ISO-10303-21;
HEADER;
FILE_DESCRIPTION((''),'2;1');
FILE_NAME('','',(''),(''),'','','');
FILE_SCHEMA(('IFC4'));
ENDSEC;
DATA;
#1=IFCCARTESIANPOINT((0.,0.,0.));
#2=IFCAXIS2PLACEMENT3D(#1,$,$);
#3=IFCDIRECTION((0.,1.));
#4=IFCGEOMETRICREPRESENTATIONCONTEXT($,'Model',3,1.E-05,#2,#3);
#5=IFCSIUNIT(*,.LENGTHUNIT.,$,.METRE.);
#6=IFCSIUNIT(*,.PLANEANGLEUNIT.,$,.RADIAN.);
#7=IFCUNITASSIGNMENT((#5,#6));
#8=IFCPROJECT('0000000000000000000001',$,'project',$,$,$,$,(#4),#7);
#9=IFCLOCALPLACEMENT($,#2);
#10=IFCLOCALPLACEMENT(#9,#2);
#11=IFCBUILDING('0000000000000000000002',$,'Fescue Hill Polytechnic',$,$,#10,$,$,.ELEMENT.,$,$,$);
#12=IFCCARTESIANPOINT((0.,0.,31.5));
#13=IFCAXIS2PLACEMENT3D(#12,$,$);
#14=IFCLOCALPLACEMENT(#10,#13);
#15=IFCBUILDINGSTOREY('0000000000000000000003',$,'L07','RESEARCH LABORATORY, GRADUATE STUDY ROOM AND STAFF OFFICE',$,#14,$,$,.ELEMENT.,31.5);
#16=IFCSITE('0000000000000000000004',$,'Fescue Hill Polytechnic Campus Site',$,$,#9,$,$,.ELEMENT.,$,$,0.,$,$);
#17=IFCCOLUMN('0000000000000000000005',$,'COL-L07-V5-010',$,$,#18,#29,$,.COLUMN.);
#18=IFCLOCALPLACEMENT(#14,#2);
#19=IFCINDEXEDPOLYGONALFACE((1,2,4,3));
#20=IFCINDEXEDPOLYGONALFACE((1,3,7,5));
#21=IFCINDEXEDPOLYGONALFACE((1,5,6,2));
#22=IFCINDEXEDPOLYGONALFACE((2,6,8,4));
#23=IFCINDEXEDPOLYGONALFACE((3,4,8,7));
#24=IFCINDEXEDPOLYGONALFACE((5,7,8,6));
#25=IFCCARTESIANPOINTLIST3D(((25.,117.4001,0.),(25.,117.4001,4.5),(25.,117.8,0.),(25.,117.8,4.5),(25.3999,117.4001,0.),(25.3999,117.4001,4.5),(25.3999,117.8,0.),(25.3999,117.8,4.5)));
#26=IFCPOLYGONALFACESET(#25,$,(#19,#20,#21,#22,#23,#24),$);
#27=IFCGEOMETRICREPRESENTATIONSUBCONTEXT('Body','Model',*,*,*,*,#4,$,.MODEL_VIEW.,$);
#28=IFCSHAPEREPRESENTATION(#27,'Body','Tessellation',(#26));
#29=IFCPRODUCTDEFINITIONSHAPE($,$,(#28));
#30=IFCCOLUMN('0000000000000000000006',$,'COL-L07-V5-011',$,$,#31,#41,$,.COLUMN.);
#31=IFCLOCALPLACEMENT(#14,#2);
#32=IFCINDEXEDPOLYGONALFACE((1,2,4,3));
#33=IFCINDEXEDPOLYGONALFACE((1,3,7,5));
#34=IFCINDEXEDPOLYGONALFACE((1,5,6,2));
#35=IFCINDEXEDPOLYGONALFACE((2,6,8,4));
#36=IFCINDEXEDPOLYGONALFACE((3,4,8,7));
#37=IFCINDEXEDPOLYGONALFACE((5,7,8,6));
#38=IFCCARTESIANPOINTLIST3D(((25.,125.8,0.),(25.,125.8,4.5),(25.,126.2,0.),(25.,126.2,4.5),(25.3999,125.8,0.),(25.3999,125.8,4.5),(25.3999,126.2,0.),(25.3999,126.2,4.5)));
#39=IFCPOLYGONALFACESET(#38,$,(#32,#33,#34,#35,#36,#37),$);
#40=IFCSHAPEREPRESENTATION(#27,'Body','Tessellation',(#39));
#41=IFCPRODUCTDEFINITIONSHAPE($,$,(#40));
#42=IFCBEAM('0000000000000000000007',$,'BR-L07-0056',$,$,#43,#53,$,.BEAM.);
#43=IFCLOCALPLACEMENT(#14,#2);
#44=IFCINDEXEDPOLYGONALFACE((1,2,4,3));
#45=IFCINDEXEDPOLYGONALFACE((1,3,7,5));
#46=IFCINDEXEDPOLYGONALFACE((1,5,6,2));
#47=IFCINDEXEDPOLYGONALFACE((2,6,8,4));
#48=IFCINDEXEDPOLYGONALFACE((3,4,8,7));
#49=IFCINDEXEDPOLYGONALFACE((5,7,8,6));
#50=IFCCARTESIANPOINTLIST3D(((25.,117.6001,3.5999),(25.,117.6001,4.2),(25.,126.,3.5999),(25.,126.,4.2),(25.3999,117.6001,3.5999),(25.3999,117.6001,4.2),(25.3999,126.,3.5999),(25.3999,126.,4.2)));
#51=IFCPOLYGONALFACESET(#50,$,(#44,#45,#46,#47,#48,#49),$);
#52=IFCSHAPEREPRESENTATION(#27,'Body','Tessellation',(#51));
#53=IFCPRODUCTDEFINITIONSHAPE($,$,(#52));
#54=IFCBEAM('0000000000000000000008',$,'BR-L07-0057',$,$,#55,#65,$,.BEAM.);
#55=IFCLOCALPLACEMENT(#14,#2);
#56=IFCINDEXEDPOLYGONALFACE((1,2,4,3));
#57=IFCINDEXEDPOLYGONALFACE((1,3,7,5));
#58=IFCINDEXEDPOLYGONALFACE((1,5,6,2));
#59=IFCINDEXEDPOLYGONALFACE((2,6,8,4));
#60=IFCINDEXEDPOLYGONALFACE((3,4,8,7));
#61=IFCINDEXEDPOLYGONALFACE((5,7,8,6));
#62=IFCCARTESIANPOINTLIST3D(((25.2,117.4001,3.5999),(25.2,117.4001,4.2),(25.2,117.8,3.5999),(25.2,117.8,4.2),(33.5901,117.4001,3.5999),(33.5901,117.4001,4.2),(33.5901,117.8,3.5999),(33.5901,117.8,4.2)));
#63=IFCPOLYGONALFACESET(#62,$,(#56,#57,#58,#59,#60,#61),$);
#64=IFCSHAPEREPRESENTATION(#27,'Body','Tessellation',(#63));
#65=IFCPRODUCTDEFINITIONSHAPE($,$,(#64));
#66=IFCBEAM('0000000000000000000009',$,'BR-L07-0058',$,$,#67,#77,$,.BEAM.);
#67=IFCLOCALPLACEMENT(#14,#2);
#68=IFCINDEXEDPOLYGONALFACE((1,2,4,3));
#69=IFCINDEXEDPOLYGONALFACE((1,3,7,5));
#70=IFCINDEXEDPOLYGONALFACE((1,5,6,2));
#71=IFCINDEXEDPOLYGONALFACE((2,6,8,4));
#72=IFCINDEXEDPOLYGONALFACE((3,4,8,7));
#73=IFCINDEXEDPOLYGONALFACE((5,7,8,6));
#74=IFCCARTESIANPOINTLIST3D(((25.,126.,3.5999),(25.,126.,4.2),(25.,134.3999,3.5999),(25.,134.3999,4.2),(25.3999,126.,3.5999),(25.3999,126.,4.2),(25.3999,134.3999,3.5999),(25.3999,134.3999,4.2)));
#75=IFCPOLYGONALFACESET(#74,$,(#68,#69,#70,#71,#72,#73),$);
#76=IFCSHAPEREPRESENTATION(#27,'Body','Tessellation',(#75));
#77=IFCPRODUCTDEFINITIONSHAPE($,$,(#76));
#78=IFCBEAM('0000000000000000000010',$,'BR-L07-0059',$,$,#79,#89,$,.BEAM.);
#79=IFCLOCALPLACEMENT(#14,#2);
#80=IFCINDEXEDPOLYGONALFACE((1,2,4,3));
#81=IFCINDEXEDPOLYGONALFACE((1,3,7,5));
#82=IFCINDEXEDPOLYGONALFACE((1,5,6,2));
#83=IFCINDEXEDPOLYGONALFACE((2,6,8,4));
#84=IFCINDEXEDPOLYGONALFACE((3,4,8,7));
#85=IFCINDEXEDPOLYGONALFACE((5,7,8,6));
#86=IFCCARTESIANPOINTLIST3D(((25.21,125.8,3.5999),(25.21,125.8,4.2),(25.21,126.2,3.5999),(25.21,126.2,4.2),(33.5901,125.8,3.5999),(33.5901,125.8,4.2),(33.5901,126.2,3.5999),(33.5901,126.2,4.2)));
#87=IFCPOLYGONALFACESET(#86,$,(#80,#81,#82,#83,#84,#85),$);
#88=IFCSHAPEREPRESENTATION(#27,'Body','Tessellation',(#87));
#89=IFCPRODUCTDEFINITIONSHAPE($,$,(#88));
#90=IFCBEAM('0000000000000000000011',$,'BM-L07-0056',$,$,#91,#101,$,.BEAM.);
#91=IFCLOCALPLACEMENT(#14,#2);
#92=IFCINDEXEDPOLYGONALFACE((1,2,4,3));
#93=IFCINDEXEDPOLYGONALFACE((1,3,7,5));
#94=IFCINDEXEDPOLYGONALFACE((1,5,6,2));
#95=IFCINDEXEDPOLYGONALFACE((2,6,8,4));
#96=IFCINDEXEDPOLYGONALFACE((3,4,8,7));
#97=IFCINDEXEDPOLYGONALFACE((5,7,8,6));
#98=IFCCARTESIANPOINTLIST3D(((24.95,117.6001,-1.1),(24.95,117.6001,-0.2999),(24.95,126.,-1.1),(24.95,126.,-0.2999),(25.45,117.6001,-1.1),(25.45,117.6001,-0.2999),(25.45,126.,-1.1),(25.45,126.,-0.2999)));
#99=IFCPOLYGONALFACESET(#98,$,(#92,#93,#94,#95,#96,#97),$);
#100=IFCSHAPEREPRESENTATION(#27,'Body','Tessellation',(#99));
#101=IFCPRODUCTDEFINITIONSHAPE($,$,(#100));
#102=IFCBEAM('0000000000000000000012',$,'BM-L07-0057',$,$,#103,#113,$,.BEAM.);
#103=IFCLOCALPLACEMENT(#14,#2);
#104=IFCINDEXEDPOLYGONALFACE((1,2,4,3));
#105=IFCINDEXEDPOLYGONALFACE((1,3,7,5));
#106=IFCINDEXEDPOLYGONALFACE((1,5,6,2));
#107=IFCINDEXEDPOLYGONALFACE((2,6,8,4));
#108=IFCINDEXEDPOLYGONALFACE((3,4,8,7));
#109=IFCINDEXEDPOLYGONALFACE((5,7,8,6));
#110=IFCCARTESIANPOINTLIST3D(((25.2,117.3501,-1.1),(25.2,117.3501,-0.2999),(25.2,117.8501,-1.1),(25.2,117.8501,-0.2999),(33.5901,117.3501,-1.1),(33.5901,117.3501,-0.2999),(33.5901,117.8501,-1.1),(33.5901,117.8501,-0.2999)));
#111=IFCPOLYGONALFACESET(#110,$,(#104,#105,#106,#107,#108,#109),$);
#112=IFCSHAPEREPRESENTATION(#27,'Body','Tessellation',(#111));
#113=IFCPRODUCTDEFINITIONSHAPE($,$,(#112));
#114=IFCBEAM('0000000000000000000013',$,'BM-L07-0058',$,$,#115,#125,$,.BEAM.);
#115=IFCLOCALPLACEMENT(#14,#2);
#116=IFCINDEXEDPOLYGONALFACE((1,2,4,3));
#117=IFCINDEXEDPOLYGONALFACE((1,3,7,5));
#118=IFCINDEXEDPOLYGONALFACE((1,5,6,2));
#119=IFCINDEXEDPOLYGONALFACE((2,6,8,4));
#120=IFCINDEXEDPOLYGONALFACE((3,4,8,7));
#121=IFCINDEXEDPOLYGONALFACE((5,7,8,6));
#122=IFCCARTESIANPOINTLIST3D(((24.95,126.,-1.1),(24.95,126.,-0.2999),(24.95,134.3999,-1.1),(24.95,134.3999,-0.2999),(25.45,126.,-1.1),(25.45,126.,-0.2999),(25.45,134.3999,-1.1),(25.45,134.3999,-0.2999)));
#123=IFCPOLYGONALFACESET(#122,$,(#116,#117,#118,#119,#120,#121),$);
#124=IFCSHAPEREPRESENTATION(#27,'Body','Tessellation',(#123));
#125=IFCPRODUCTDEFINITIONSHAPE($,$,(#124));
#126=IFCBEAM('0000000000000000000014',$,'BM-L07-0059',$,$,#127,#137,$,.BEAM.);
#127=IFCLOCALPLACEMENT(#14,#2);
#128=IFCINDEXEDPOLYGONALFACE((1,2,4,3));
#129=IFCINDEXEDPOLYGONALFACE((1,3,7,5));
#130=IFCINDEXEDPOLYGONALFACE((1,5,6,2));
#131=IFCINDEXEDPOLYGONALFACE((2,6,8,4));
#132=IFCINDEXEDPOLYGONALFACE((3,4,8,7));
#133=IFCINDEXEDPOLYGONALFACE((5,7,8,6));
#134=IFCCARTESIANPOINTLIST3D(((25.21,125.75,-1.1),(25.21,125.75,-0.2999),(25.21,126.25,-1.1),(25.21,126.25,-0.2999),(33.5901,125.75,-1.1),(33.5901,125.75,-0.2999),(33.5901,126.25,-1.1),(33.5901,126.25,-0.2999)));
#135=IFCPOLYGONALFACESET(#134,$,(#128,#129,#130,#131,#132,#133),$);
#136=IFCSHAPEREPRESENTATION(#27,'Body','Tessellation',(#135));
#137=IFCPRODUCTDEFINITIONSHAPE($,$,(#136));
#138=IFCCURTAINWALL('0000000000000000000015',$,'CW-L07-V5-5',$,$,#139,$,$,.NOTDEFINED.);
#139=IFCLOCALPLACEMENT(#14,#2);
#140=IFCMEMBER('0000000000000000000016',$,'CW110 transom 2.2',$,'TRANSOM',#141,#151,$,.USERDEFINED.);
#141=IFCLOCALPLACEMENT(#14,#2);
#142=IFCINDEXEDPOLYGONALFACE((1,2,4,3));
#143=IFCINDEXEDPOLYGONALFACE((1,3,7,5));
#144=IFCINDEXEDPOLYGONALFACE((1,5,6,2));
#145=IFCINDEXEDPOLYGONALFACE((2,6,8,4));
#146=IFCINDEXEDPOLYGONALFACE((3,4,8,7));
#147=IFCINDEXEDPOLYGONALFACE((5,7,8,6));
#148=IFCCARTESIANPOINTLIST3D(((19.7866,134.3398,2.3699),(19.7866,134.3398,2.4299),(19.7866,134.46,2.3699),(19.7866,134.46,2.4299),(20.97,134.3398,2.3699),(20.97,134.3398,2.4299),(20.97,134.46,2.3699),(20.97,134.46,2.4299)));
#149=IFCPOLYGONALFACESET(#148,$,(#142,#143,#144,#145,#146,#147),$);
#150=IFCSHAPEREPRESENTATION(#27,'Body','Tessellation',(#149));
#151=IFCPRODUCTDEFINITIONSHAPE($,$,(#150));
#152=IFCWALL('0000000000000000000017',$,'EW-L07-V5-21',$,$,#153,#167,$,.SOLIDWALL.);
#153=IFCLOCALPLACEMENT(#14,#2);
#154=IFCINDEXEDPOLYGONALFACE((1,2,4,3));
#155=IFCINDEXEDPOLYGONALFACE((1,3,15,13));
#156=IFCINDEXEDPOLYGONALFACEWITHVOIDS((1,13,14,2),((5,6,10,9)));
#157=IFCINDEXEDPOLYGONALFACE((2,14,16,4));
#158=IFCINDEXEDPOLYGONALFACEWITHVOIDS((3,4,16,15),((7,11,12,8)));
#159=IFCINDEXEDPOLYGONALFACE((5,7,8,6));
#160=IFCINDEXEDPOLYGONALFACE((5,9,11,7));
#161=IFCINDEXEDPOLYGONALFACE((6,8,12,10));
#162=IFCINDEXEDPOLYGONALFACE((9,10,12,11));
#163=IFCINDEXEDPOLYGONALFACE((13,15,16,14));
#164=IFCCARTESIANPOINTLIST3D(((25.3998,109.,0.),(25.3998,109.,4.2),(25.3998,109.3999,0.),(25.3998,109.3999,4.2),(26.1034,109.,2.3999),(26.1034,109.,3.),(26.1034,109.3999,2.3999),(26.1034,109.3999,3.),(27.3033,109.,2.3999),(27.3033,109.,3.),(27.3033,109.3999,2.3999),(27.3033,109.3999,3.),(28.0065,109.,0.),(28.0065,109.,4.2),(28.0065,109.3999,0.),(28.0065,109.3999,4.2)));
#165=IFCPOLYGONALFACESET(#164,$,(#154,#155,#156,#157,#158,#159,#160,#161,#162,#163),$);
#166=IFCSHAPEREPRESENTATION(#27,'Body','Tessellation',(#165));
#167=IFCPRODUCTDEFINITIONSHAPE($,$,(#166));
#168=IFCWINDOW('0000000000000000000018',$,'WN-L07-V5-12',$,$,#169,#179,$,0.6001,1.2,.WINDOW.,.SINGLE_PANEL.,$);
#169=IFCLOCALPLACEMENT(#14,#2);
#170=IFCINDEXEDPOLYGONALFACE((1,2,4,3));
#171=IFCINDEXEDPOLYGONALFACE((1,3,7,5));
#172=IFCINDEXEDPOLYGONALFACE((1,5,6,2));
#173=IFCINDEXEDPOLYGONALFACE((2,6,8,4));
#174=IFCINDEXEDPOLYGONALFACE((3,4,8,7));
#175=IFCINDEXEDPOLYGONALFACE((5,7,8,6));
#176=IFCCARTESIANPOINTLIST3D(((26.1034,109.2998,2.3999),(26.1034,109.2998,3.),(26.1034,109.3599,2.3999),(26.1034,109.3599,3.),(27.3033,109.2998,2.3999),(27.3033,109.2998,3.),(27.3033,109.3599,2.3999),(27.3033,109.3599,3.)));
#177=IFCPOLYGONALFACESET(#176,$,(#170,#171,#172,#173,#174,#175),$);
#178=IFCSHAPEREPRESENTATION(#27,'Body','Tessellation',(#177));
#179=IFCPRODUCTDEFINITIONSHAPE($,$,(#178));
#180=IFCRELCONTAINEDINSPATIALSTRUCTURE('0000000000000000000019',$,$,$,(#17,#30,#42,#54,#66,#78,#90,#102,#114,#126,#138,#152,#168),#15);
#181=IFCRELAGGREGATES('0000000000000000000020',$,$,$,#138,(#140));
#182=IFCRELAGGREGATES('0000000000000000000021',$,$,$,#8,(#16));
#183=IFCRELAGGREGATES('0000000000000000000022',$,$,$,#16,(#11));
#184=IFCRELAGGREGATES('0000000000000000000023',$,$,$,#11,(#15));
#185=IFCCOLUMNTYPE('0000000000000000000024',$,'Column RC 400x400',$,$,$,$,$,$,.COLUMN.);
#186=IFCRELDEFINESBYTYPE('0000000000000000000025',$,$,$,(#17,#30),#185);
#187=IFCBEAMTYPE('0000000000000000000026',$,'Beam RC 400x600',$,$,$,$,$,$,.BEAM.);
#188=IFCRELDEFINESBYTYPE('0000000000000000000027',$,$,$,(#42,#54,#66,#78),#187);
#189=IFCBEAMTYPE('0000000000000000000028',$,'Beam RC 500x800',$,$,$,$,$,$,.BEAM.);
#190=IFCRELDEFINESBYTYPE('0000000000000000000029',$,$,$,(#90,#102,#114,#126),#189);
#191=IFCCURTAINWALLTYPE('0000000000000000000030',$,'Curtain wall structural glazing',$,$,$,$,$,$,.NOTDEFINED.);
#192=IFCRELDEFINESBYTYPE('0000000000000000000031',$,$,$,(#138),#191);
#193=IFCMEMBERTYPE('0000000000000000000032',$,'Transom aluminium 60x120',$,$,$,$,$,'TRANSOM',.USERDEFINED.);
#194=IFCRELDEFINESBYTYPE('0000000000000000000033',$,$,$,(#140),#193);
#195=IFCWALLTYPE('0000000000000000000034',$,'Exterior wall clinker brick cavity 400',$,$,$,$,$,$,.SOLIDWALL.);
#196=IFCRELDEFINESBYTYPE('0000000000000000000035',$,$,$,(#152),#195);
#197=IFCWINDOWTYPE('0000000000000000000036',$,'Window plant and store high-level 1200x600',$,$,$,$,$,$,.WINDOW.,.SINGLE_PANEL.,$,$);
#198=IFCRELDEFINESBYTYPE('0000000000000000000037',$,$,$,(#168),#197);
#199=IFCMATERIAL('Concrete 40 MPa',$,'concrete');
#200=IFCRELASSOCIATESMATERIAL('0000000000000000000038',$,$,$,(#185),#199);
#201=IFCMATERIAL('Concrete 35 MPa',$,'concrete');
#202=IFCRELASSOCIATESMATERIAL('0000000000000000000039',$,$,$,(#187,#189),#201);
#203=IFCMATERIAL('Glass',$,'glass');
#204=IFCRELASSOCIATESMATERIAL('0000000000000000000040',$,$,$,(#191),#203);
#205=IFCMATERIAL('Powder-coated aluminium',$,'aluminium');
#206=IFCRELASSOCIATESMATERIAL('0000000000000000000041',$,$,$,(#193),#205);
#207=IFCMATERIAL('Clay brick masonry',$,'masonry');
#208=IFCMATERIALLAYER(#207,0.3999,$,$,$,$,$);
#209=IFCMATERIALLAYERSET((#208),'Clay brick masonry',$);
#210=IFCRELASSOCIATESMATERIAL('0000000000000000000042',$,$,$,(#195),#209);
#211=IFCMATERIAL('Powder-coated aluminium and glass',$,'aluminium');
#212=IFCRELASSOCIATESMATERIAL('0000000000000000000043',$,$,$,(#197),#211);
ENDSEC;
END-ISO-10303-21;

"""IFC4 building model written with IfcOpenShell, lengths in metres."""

from ifc_helpers import new_model, si_unit, direction, frame, frame_2d, origin, origin_2d, place, context, subcontext, project, spatial, rectangle, extrude, material, layer, layer_set, material_profile, profile_set, type_object, element, fill, aggregate, save


model = new_model("IFC4")

# Units and contexts
model_context = context("Model", 3, precision=1e-05, world=origin(), true_north=direction((0.0, 1.0)))
body_context = subcontext(model_context, "Body", "Model", "MODEL_VIEW")
ifc_project = project(units=[si_unit("LENGTHUNIT", "METRE"), si_unit("PLANEANGLEUNIT", "RADIAN")], contexts=[model_context])

# Site, building, storey
site_placement = place(None, origin())
site = spatial("IfcSite", under=ifc_project, at=site_placement, Name="Fescue Hill Polytechnic Campus Site", CompositionType="ELEMENT", RefElevation=0.0)
building_placement = place(site_placement, origin())
building = spatial("IfcBuilding", under=site, at=building_placement, Name="Fescue Hill Polytechnic", CompositionType="ELEMENT")
storey_placement = place(building_placement, frame((0.0, 0.0, 31.5)))
storey = spatial("IfcBuildingStorey", under=building, at=storey_placement, Name="L07", Description="RESEARCH LABORATORY, GRADUATE STUDY ROOM AND STAFF OFFICE", CompositionType="ELEMENT", Elevation=31.5)

# Columns
ifc_material_1 = material(Name="Concrete 40 MPa", Category="concrete")
ifc_material_profile_1 = material_profile(ifc_material_1, rectangle(XDim=0.3999, YDim=0.3999, at=origin_2d()), Name="RC 400x400")
ifc_profile_set_1 = profile_set([ifc_material_profile_1], Name="Concrete 40 MPa")
column_type = type_object("IfcColumnType", Name="Column RC 400x400", PredefinedType="COLUMN", material=ifc_profile_set_1)
for number, where, z_axis, x_axis, name in (
    (1, (25.2, 117.6001, 0.0), (0.0, 0.0, 1.0), (1.0, 0.0, 0.0), "COL-L07-V5-010"),
    (2, (25.2, 126.0, 0.0), (0.0, 0.0, 1.0), (1.0, 0.0, 0.0), "COL-L07-V5-011"),
):
    element("IfcColumn", number, at=place(storey_placement, frame(where, z_axis=z_axis, x_axis=x_axis)), inside=storey, type_object=column_type, Name=name, PredefinedType="COLUMN", context=body_context, shape_type="SweptSolid", body=[
        extrude(rectangle(XDim=0.3999, YDim=0.3999, at=origin_2d()), origin(), (0.0, 0.0, 1.0), 4.5),
    ])

# Beams
ifc_material_2 = material(Name="Concrete 35 MPa", Category="concrete")
ifc_material_profile_2 = material_profile(ifc_material_2, rectangle(XDim=0.3999, YDim=0.6001, at=origin_2d()), Name="RC 400x600")
ifc_profile_set_2 = profile_set([ifc_material_profile_2], Name="Concrete 35 MPa")
beam_type_1 = type_object("IfcBeamType", Name="Beam RC 400x600", PredefinedType="BEAM", material=ifc_profile_set_2)
beam_1_placement = place(storey_placement, frame((25.2, 117.6001, 3.8999), z_axis=(0.0, 1.0, 0.0), x_axis=(-1.0, 0.0, 0.0)))
element("IfcBeam", 3, at=beam_1_placement, inside=storey, type_object=beam_type_1, Name="BR-L07-0056", PredefinedType="BEAM", context=body_context, shape_type="SweptSolid", body=[
    extrude(rectangle(XDim=0.3999, YDim=0.6001, at=origin_2d()), origin(), (0.0, 0.0, 1.0), 8.3999),
])
beam_2_placement = place(storey_placement, frame((25.2, 117.6001, 3.8999), z_axis=(1.0, 0.0, 0.0), x_axis=(0.0, 1.0, 0.0)))
element("IfcBeam", 4, at=beam_2_placement, inside=storey, type_object=beam_type_1, Name="BR-L07-0057", PredefinedType="BEAM", context=body_context, shape_type="SweptSolid", body=[
    extrude(rectangle(XDim=0.3999, YDim=0.6001, at=origin_2d()), origin(), (0.0, 0.0, 1.0), 8.3901),
])
beam_3_placement = place(storey_placement, frame((25.2, 126.0, 3.8999), z_axis=(0.0, 1.0, 0.0), x_axis=(-1.0, 0.0, 0.0)))
element("IfcBeam", 5, at=beam_3_placement, inside=storey, type_object=beam_type_1, Name="BR-L07-0058", PredefinedType="BEAM", context=body_context, shape_type="SweptSolid", body=[
    extrude(rectangle(XDim=0.3999, YDim=0.6001, at=origin_2d()), origin(), (0.0, 0.0, 1.0), 8.3999),
])
beam_4_placement = place(storey_placement, frame((25.21, 126.0, 3.8999), z_axis=(1.0, 0.0, 0.0), x_axis=(0.0, 1.0, 0.0)))
element("IfcBeam", 6, at=beam_4_placement, inside=storey, type_object=beam_type_1, Name="BR-L07-0059", PredefinedType="BEAM", context=body_context, shape_type="SweptSolid", body=[
    extrude(rectangle(XDim=0.3999, YDim=0.6001, at=origin_2d()), origin(), (0.0, 0.0, 1.0), 8.3801),
])
ifc_material_profile_3 = material_profile(ifc_material_2, rectangle(XDim=0.5, YDim=0.8, at=origin_2d()), Name="RC 500x800")
ifc_profile_set_3 = profile_set([ifc_material_profile_3], Name="Concrete 35 MPa")
beam_type_2 = type_object("IfcBeamType", Name="Beam RC 500x800", PredefinedType="BEAM", material=ifc_profile_set_3)
beam_5_placement = place(storey_placement, frame((25.2, 117.6001, -0.7), z_axis=(0.0, 1.0, 0.0), x_axis=(-1.0, 0.0, 0.0)))
element("IfcBeam", 7, at=beam_5_placement, inside=storey, type_object=beam_type_2, Name="BM-L07-0056", PredefinedType="BEAM", context=body_context, shape_type="SweptSolid", body=[
    extrude(rectangle(XDim=0.5, YDim=0.8, at=origin_2d()), origin(), (0.0, 0.0, 1.0), 8.3999),
])
beam_6_placement = place(storey_placement, frame((25.2, 117.6001, -0.7), z_axis=(1.0, 0.0, 0.0), x_axis=(0.0, 1.0, 0.0)))
element("IfcBeam", 8, at=beam_6_placement, inside=storey, type_object=beam_type_2, Name="BM-L07-0057", PredefinedType="BEAM", context=body_context, shape_type="SweptSolid", body=[
    extrude(rectangle(XDim=0.5, YDim=0.8, at=origin_2d()), origin(), (0.0, 0.0, 1.0), 8.3901),
])
beam_7_placement = place(storey_placement, frame((25.2, 126.0, -0.7), z_axis=(0.0, 1.0, 0.0), x_axis=(-1.0, 0.0, 0.0)))
element("IfcBeam", 9, at=beam_7_placement, inside=storey, type_object=beam_type_2, Name="BM-L07-0058", PredefinedType="BEAM", context=body_context, shape_type="SweptSolid", body=[
    extrude(rectangle(XDim=0.5, YDim=0.8, at=origin_2d()), origin(), (0.0, 0.0, 1.0), 8.3999),
])
beam_8_placement = place(storey_placement, frame((25.21, 126.0, -0.7), z_axis=(1.0, 0.0, 0.0), x_axis=(0.0, 1.0, 0.0)))
element("IfcBeam", 10, at=beam_8_placement, inside=storey, type_object=beam_type_2, Name="BM-L07-0059", PredefinedType="BEAM", context=body_context, shape_type="SweptSolid", body=[
    extrude(rectangle(XDim=0.5, YDim=0.8, at=origin_2d()), origin(), (0.0, 0.0, 1.0), 8.3801),
])

# Curtain wall, member
ifc_material_3 = material(Name="Glass", Category="glass")
curtain_wall_type = type_object("IfcCurtainWallType", Name="Curtain wall structural glazing", PredefinedType="NOTDEFINED", material=ifc_material_3)
curtain_wall_placement = place(storey_placement, origin())
curtain_wall = element("IfcCurtainWall", 11, at=curtain_wall_placement, inside=storey, type_object=curtain_wall_type, Name="CW-L07-V5-5", PredefinedType="NOTDEFINED")
ifc_material_4 = material(Name="Powder-coated aluminium", Category="aluminium")
ifc_material_profile_4 = material_profile(ifc_material_4, rectangle(XDim=0.1201, YDim=0.0601, at=origin_2d()), Name="Transom aluminium 60x120")
ifc_profile_set_4 = profile_set([ifc_material_profile_4], Name="Powder-coated aluminium")
member_type = type_object("IfcMemberType", Name="Transom aluminium 60x120", ElementType="TRANSOM", PredefinedType="USERDEFINED", material=ifc_profile_set_4)
member_placement = place(storey_placement, frame((20.97, 134.3999, 2.3999), z_axis=(-1.0, 0.0, 0.0), x_axis=(0.0, -1.0, 0.0)))
member = element("IfcMember", 12, at=member_placement, type_object=member_type, Name="CW110 transom 2.2", ObjectType="TRANSOM", PredefinedType="USERDEFINED", context=body_context, shape_type="SweptSolid", body=[
    extrude(rectangle(XDim=0.1201, YDim=0.0601, at=origin_2d()), origin(), (0.0, 0.0, 1.0), 1.1833),
])
aggregate(curtain_wall, [member])

# Wall, opening, window
ifc_material_5 = material(Name="Clay brick masonry", Category="masonry")
ifc_layer_1 = layer(ifc_material_5, 0.3999)
ifc_layer_set_1 = layer_set([ifc_layer_1], Name="Clay brick masonry")
wall_type_1 = type_object("IfcWallType", Name="Exterior wall clinker brick cavity 400", PredefinedType="SOLIDWALL", material=ifc_layer_set_1)
wall_1_placement = place(storey_placement, frame((25.3999, 109.2, 0.0), z_axis=(0.0, 0.0, 1.0), x_axis=(1.0, 0.0, 0.0)))
wall_1 = element("IfcWall", 13, at=wall_1_placement, inside=storey, type_object=wall_type_1, Name="EW-L07-V5-21", PredefinedType="SOLIDWALL", context=body_context, shape_type="SweptSolid", body=[
    extrude(rectangle(XDim=2.6067, YDim=0.3999, at=frame_2d((1.3032, 0.0))), origin(), (0.0, 0.0, 1.0), 4.2),
])
opening_1_placement = place(wall_1_placement, frame((0.7034, 0.0, 2.3999)))
opening_1 = element("IfcOpeningElement", 14, at=opening_1_placement, cuts=wall_1, PredefinedType="OPENING", context=body_context, shape_type="SweptSolid", body=[
    extrude(rectangle(XDim=1.2, YDim=0.6001, at=frame_2d((0.6001, 0.3))), frame((0.0, 0.21, 0.0), z_axis=(0.0, -1.0, 0.0), x_axis=(1.0, 0.0, 0.0)), (0.0, 0.0, 1.0), 0.4199),
])
ifc_material_6 = material(Name="Powder-coated aluminium and glass", Category="aluminium")
window_type = type_object("IfcWindowType", Name="Window plant and store high-level 1200x600", PartitioningType="SINGLE_PANEL", PredefinedType="WINDOW", material=ifc_material_6)
window_1_placement = place(opening_1_placement, origin())
window_1 = element("IfcWindow", 15, at=window_1_placement, inside=storey, type_object=window_type, Name="WN-L07-V5-12", OverallHeight=0.6001, OverallWidth=1.2, PartitioningType="SINGLE_PANEL", PredefinedType="WINDOW", context=body_context, shape_type="SweptSolid", body=[
    extrude(rectangle(XDim=1.2, YDim=0.6001, at=frame_2d((0.6001, 0.3))), frame((0.0, 0.1599, 0.0), z_axis=(0.0, -1.0, 0.0), x_axis=(1.0, 0.0, 0.0)), (0.0, 0.0, 1.0), 0.0601),
])
fill(opening_1, window_1)

save(model, "model.ifc")
